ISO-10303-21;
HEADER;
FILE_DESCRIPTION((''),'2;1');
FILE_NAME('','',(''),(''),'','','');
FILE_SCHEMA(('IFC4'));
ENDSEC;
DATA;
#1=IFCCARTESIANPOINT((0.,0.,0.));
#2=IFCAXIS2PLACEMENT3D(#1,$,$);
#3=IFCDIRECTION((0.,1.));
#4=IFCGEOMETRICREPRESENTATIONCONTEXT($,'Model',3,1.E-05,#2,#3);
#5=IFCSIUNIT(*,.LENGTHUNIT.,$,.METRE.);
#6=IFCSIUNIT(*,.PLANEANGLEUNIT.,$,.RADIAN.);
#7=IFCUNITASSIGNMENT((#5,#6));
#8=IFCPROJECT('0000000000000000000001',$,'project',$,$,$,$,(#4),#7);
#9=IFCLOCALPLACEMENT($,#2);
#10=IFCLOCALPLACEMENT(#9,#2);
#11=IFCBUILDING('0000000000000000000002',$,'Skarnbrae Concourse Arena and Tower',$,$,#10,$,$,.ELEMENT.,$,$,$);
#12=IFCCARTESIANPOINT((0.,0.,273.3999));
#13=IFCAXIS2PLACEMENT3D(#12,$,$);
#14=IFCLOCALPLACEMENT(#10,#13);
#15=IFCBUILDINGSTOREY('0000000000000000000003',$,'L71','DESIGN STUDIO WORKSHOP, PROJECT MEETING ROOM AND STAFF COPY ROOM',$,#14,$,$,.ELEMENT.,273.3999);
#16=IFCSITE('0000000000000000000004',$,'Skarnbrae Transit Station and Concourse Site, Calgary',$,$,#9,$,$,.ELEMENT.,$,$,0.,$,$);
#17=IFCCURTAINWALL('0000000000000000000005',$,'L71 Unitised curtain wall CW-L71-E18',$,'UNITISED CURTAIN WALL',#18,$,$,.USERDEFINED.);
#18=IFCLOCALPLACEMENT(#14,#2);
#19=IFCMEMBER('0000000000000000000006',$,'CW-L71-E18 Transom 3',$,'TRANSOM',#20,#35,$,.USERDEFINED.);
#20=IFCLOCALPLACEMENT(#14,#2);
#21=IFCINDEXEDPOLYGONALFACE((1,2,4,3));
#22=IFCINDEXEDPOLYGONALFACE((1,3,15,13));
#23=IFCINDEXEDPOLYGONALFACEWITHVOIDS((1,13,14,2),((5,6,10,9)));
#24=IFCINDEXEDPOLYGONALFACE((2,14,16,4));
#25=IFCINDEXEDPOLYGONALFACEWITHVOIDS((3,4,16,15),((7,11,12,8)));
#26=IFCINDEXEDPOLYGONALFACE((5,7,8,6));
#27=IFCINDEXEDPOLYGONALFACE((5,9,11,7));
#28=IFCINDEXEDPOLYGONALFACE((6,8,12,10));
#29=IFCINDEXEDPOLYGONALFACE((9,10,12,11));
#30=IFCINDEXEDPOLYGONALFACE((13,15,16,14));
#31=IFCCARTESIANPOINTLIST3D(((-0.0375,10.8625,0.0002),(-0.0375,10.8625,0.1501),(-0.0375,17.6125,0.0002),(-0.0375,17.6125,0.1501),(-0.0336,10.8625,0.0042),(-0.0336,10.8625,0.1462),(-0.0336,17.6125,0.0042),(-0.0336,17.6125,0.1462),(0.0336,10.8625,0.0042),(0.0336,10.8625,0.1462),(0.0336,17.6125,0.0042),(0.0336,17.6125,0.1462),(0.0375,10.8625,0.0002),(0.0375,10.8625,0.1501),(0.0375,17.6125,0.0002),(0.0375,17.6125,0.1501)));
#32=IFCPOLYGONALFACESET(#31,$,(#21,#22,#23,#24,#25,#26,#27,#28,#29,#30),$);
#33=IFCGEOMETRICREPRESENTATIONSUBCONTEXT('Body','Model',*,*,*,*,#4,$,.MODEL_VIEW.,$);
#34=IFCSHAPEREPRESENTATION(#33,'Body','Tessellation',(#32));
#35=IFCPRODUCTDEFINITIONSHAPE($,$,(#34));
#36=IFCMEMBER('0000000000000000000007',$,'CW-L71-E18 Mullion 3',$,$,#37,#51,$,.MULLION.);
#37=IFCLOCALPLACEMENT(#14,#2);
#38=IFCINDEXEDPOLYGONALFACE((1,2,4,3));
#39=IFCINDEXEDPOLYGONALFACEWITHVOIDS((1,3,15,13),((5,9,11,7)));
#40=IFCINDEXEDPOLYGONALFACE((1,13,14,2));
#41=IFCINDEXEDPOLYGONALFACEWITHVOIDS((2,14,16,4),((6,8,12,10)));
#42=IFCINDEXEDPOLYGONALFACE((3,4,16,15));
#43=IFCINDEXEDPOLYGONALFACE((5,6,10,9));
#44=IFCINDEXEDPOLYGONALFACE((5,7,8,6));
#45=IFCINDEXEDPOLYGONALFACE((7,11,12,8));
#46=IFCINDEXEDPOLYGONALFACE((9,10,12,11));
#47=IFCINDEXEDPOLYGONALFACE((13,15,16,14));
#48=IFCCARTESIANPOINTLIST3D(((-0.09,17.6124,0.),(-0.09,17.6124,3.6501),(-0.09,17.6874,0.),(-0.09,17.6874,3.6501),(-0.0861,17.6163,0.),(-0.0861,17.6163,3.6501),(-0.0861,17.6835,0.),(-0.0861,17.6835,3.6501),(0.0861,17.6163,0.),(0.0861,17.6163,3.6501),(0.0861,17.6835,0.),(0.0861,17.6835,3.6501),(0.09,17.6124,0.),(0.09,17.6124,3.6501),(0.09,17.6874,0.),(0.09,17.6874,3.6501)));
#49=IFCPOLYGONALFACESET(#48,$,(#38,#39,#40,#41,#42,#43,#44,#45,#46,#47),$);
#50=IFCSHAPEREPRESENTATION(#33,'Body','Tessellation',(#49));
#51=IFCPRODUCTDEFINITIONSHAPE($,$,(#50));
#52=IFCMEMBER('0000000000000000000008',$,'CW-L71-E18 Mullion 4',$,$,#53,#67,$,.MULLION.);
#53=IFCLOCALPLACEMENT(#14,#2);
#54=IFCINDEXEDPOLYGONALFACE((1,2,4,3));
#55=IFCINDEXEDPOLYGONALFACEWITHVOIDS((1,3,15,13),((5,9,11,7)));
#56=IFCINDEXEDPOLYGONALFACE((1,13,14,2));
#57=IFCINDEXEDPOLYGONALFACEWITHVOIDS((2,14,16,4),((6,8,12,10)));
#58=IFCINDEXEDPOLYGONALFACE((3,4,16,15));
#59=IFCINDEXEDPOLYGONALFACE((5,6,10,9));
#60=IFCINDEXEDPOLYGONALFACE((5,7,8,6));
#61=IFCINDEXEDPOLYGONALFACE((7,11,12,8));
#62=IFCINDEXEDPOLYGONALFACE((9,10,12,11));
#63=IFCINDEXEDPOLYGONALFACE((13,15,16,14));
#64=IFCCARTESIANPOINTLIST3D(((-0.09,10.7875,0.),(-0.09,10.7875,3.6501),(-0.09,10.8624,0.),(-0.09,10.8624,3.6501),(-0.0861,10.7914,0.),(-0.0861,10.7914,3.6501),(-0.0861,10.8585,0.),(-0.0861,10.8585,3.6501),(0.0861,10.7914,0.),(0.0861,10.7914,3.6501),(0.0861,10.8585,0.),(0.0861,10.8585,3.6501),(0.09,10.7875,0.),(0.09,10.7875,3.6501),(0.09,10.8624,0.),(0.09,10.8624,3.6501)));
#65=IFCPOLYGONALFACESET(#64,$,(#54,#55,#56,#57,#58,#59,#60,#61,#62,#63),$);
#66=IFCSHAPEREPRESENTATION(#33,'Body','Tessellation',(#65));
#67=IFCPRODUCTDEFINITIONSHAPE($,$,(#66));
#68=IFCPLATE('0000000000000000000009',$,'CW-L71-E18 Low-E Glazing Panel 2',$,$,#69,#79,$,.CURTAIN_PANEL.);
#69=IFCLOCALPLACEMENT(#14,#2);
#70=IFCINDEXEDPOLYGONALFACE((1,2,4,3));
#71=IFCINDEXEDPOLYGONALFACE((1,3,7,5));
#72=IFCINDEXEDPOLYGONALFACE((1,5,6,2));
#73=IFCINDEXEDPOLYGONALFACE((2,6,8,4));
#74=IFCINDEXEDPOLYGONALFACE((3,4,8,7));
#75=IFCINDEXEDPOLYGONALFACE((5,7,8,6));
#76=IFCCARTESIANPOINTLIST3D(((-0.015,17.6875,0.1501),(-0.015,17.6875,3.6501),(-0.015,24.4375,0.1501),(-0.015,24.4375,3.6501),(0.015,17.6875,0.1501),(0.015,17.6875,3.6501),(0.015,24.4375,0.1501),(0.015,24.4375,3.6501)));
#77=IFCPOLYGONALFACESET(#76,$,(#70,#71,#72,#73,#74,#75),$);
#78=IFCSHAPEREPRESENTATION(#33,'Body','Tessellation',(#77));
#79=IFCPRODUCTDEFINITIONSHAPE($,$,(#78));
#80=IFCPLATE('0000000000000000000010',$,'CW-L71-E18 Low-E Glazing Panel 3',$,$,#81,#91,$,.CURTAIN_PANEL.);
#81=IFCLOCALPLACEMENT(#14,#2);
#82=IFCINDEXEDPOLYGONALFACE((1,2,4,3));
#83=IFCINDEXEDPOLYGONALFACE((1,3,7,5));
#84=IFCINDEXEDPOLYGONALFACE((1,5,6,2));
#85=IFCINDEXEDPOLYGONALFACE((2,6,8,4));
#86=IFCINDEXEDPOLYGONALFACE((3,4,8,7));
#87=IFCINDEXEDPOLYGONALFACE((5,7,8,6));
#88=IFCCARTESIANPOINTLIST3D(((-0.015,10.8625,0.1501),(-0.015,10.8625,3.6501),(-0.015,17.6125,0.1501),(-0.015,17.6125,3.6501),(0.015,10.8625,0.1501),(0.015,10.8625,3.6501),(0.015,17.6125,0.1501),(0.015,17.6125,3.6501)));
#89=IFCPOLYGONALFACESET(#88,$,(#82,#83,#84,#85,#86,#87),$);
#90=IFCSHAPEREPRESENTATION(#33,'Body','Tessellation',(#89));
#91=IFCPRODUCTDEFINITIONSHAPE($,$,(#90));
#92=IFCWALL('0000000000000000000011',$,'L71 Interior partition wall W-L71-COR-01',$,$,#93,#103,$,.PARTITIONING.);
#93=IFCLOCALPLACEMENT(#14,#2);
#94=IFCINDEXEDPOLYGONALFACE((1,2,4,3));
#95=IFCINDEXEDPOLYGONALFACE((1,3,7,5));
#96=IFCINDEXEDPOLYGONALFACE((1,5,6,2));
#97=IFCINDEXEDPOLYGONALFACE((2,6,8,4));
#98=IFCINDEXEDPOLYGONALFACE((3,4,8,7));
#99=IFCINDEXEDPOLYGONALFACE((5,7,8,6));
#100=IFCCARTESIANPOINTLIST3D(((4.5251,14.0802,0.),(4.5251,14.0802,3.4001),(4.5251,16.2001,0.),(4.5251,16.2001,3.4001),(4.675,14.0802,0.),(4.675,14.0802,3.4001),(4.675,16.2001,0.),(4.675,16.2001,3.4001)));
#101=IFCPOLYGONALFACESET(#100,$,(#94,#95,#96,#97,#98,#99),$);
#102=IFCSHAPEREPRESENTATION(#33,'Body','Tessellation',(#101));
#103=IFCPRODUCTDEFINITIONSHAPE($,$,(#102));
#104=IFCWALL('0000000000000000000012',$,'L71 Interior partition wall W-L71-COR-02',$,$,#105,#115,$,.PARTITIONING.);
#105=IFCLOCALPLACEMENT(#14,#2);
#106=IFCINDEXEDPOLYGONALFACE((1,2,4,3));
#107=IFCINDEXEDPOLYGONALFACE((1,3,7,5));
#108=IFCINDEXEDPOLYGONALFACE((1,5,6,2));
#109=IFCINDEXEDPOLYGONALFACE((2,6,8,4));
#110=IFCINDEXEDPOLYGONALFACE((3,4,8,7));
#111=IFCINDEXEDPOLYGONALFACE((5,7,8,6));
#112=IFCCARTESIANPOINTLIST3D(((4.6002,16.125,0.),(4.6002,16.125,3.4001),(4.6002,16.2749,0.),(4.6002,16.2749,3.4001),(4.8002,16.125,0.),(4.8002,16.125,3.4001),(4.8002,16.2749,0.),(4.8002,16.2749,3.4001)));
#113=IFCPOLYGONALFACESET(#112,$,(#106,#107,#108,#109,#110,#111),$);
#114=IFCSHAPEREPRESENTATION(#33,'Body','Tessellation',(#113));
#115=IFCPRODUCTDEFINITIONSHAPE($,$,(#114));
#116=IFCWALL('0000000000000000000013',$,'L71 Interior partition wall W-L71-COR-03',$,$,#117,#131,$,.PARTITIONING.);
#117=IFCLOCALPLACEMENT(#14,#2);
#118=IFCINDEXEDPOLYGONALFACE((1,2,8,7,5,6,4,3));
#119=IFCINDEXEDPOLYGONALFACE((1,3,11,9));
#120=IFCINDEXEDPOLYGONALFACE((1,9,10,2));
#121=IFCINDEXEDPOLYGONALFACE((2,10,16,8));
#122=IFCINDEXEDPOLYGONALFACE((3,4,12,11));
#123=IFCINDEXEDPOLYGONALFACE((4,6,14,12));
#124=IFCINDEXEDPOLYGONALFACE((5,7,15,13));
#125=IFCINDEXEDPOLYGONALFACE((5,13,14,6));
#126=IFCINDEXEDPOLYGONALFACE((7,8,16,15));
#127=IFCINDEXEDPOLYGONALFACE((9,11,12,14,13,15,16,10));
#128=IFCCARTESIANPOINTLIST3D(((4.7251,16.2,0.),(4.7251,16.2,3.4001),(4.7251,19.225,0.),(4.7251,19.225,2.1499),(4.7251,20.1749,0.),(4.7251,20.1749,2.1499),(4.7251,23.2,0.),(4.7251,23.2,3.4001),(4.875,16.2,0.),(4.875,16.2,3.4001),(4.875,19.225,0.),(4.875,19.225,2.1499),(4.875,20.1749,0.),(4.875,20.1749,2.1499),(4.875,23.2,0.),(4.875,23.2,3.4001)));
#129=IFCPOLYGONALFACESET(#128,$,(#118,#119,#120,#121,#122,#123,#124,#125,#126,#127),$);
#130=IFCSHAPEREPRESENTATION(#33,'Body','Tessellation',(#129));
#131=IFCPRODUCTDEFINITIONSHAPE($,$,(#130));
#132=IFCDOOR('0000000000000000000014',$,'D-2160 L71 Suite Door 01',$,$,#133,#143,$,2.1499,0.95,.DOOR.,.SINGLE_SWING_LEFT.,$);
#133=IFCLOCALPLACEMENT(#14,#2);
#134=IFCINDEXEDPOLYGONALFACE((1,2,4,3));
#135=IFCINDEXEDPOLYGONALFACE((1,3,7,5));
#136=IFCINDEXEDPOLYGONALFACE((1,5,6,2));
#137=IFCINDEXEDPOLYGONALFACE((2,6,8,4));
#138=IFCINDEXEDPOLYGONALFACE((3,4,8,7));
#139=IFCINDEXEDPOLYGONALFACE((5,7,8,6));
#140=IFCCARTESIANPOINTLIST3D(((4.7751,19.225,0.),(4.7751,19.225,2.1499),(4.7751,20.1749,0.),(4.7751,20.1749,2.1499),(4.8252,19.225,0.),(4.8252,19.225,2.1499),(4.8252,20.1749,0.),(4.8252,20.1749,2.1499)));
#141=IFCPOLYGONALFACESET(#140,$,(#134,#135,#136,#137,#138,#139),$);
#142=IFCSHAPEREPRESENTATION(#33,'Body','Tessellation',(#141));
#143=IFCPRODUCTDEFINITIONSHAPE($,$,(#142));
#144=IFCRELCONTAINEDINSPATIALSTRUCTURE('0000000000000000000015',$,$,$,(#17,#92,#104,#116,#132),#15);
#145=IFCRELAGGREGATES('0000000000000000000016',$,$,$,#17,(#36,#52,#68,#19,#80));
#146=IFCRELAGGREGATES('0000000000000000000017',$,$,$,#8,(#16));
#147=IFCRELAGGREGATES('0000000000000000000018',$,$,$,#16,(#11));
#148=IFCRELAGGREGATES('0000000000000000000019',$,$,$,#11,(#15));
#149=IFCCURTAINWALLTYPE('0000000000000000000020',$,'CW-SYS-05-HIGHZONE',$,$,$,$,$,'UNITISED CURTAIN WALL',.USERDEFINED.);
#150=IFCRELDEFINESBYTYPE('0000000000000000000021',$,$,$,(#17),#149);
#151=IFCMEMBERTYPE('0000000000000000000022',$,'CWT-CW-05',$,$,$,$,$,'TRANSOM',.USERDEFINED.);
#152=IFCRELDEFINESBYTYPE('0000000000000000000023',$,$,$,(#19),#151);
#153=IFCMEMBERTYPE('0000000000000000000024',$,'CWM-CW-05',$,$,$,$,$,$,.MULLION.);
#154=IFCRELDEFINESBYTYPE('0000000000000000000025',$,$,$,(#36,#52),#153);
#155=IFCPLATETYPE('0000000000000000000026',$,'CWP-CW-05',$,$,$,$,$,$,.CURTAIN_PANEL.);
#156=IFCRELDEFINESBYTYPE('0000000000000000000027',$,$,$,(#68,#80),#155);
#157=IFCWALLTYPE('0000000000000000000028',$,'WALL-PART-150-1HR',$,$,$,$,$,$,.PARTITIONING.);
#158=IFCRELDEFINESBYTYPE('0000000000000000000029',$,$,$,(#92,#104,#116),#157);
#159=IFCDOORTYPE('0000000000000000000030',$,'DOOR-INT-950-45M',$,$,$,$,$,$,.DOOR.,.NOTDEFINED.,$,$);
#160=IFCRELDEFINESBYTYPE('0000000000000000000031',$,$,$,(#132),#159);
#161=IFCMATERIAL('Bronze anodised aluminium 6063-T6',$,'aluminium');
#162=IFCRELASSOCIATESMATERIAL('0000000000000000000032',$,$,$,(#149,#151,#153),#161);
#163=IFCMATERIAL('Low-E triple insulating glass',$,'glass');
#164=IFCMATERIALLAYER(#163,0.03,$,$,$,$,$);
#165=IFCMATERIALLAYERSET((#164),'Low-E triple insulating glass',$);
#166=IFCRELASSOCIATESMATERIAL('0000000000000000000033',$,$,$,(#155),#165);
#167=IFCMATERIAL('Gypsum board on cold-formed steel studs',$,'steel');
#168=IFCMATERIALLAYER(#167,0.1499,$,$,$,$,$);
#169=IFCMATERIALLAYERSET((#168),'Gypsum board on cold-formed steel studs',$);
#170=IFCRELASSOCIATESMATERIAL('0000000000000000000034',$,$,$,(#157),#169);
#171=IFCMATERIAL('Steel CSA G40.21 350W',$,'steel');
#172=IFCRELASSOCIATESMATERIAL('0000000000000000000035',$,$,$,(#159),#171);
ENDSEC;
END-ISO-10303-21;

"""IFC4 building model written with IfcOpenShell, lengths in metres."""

from ifc_helpers import new_model, si_unit, direction, frame, frame_2d, origin, origin_2d, place, context, subcontext, project, spatial, rectangle, hollow_rectangle, extrude, source, transform, mapped, material, layer, layer_set, material_profile, profile_set, type_object, element, fill, aggregate, save


model = new_model("IFC4")

# Units and contexts
model_context = context("Model", 3, precision=1e-05, world=origin(), true_north=direction((0.0, 1.0)))
body_context = subcontext(model_context, "Body", "Model", "MODEL_VIEW")
ifc_project = project(units=[si_unit("LENGTHUNIT", "METRE"), si_unit("PLANEANGLEUNIT", "RADIAN")], contexts=[model_context])

# Site, building, storey
site_placement = place(None, origin())
site = spatial("IfcSite", under=ifc_project, at=site_placement, Name="Skarnbrae Transit Station and Concourse Site, Calgary", CompositionType="ELEMENT", RefElevation=0.0)
building_placement = place(site_placement, origin())
building = spatial("IfcBuilding", under=site, at=building_placement, Name="Skarnbrae Concourse Arena and Tower", CompositionType="ELEMENT")
storey_placement = place(building_placement, frame((0.0, 0.0, 273.3999)))
storey = spatial("IfcBuildingStorey", under=building, at=storey_placement, Name="L71", Description="DESIGN STUDIO WORKSHOP, PROJECT MEETING ROOM AND STAFF COPY ROOM", CompositionType="ELEMENT", Elevation=273.3999)

# Shared definitions
ifc_material_1 = material(Name="Steel CSA G40.21 350W", Category="steel")

# Curtain wall, members, plates
ifc_material_2 = material(Name="Bronze anodised aluminium 6063-T6", Category="aluminium")
curtain_wall_type = type_object("IfcCurtainWallType", Name="CW-SYS-05-HIGHZONE", ElementType="UNITISED CURTAIN WALL", PredefinedType="USERDEFINED", material=ifc_material_2)
curtain_wall_placement = place(storey_placement, origin())
curtain_wall = element("IfcCurtainWall", 1, at=curtain_wall_placement, inside=storey, type_object=curtain_wall_type, Name="L71 Unitised curtain wall CW-L71-E18", ObjectType="UNITISED CURTAIN WALL", PredefinedType="USERDEFINED")
ifc_material_profile_1 = material_profile(ifc_material_2, hollow_rectangle(XDim=0.075, YDim=0.1499, WallThickness=0.0039, at=origin_2d()), Name="ALU-TRAN-75X150")
ifc_profile_set_1 = profile_set([ifc_material_profile_1], Name="Bronze anodised aluminium 6063-T6")
member_type_1 = type_object("IfcMemberType", Name="CWT-CW-05", ElementType="TRANSOM", PredefinedType="USERDEFINED", material=ifc_profile_set_1)
shared_shape_1 = source(origin(), body_context, "Body", "SweptSolid", [
    extrude(hollow_rectangle(XDim=0.075, YDim=0.1499, WallThickness=0.0039, at=origin_2d()), origin(), (0.0, 0.0, 1.0), 6.75),
])
member_1_placement = place(storey_placement, frame((0.0, 17.6125, 0.0752), z_axis=(0.0, -1.0, 0.0), x_axis=(1.0, 0.0, 0.0)))
member_1 = element("IfcMember", 2, at=member_1_placement, type_object=member_type_1, Name="CW-L71-E18 Transom 3", ObjectType="TRANSOM", PredefinedType="USERDEFINED", context=body_context, shape_type="MappedRepresentation", body=[
    mapped(shared_shape_1, transform((0.0, 0.0, 0.0))),
])
ifc_material_profile_2 = material_profile(ifc_material_2, hollow_rectangle(XDim=0.075, YDim=0.1799, WallThickness=0.0039, at=origin_2d()), Name="ALU-MULL-75X180")
ifc_profile_set_2 = profile_set([ifc_material_profile_2], Name="Bronze anodised aluminium 6063-T6")
member_type_2 = type_object("IfcMemberType", Name="CWM-CW-05", PredefinedType="MULLION", material=ifc_profile_set_2)
shared_shape_2 = source(origin(), body_context, "Body", "SweptSolid", [
    extrude(hollow_rectangle(XDim=0.075, YDim=0.1799, WallThickness=0.0039, at=origin_2d()), origin(), (0.0, 0.0, 1.0), 3.6501),
])
member_2_placement = place(storey_placement, frame((0.0, 17.6499, 0.0), z_axis=(0.0, 0.0, 1.0), x_axis=(0.0, -1.0, 0.0)))
member_2 = element("IfcMember", 3, at=member_2_placement, type_object=member_type_2, Name="CW-L71-E18 Mullion 3", PredefinedType="MULLION", context=body_context, shape_type="MappedRepresentation", body=[
    mapped(shared_shape_2, transform((0.0, 0.0, 0.0))),
])
member_3_placement = place(storey_placement, frame((0.0, 10.825, 0.0), z_axis=(0.0, 0.0, 1.0), x_axis=(0.0, -1.0, 0.0)))
member_3 = element("IfcMember", 4, at=member_3_placement, type_object=member_type_2, Name="CW-L71-E18 Mullion 4", PredefinedType="MULLION", context=body_context, shape_type="MappedRepresentation", body=[
    mapped(shared_shape_2, transform((0.0, 0.0, 0.0))),
])
ifc_material_3 = material(Name="Low-E triple insulating glass", Category="glass")
ifc_layer_1 = layer(ifc_material_3, 0.03)
ifc_layer_set_1 = layer_set([ifc_layer_1], Name="Low-E triple insulating glass")
plate_type = type_object("IfcPlateType", Name="CWP-CW-05", PredefinedType="CURTAIN_PANEL", material=ifc_layer_set_1)
shared_shape_3 = source(origin(), body_context, "Body", "SweptSolid", [
    extrude(rectangle(XDim=6.75, YDim=0.03, at=origin_2d()), origin(), (0.0, 0.0, 1.0), 3.5),
])
plate_1_placement = place(storey_placement, frame((0.0, 21.0625, 0.1501), z_axis=(0.0, 0.0, 1.0), x_axis=(0.0, -1.0, 0.0)))
plate_1 = element("IfcPlate", 5, at=plate_1_placement, type_object=plate_type, Name="CW-L71-E18 Low-E Glazing Panel 2", PredefinedType="CURTAIN_PANEL", context=body_context, shape_type="MappedRepresentation", body=[
    mapped(shared_shape_3, transform((0.0, 0.0, 0.0))),
])
plate_2_placement = place(storey_placement, frame((0.0, 14.2375, 0.1501), z_axis=(0.0, 0.0, 1.0), x_axis=(0.0, -1.0, 0.0)))
plate_2 = element("IfcPlate", 6, at=plate_2_placement, type_object=plate_type, Name="CW-L71-E18 Low-E Glazing Panel 3", PredefinedType="CURTAIN_PANEL", context=body_context, shape_type="MappedRepresentation", body=[
    mapped(shared_shape_3, transform((0.0, 0.0, 0.0))),
])
aggregate(curtain_wall, [member_2, member_3, plate_1, member_1, plate_2])

# Walls
ifc_material_4 = material(Name="Gypsum board on cold-formed steel studs", Category="steel")
ifc_layer_2 = layer(ifc_material_4, 0.1499)
ifc_layer_set_2 = layer_set([ifc_layer_2], Name="Gypsum board on cold-formed steel studs")
wall_type_1 = type_object("IfcWallType", Name="WALL-PART-150-1HR", PredefinedType="PARTITIONING", material=ifc_layer_set_2)
shared_shape_4 = source(origin(), body_context, "Body", "SweptSolid", [
    extrude(rectangle(XDim=2.1199, YDim=0.1499, at=frame_2d((1.0601, 0.0))), origin(), (0.0, 0.0, 1.0), 3.4001),
])
wall_1_placement = place(storey_placement, frame((4.6001, 14.0801, 0.0), z_axis=(0.0, 0.0, 1.0), x_axis=(0.0, 1.0, 0.0)))
element("IfcWall", 7, at=wall_1_placement, inside=storey, type_object=wall_type_1, Name="L71 Interior partition wall W-L71-COR-01", PredefinedType="PARTITIONING", context=body_context, shape_type="MappedRepresentation", body=[
    mapped(shared_shape_4, transform((0.0, 0.0, 0.0))),
])
shared_shape_5 = source(origin(), body_context, "Body", "SweptSolid", [
    extrude(rectangle(XDim=0.2, YDim=0.1499, at=frame_2d((0.1001, 0.0))), origin(), (0.0, 0.0, 1.0), 3.4001),
])
wall_2_placement = place(storey_placement, frame((4.6001, 16.2, 0.0), z_axis=(0.0, 0.0, 1.0), x_axis=(1.0, 0.0, 0.0)))
element("IfcWall", 8, at=wall_2_placement, inside=storey, type_object=wall_type_1, Name="L71 Interior partition wall W-L71-COR-02", PredefinedType="PARTITIONING", context=body_context, shape_type="MappedRepresentation", body=[
    mapped(shared_shape_5, transform((0.0, 0.0, 0.0))),
])

# Wall, opening, door
shared_shape_6 = source(origin(), body_context, "Body", "SweptSolid", [
    extrude(rectangle(XDim=7.0, YDim=0.1499, at=frame_2d((3.5, 0.0))), origin(), (0.0, 0.0, 1.0), 3.4001),
])
wall_3_placement = place(storey_placement, frame((4.8, 16.2, 0.0), z_axis=(0.0, 0.0, 1.0), x_axis=(0.0, 1.0, 0.0)))
wall_3 = element("IfcWall", 9, at=wall_3_placement, inside=storey, type_object=wall_type_1, Name="L71 Interior partition wall W-L71-COR-03", PredefinedType="PARTITIONING", context=body_context, shape_type="MappedRepresentation", body=[
    mapped(shared_shape_6, transform((0.0, 0.0, 0.0))),
])
opening_1_placement = place(wall_3_placement, frame((3.0249, 0.0, 0.0)))
opening_1 = element("IfcOpeningElement", 10, at=opening_1_placement, cuts=wall_3, PredefinedType="OPENING", context=body_context, shape_type="SweptSolid", body=[
    extrude(rectangle(XDim=0.95, YDim=2.1499, at=frame_2d((0.4751, 1.075))), frame((0.0, 0.085, 0.0), z_axis=(0.0, -1.0, 0.0), x_axis=(1.0, 0.0, 0.0)), (0.0, 0.0, 1.0), 0.1699),
])
door_type_1 = type_object("IfcDoorType", Name="DOOR-INT-950-45M", OperationType="NOTDEFINED", PredefinedType="DOOR", material=ifc_material_1)
shared_shape_7 = source(origin(), body_context, "Body", "SweptSolid", [
    extrude(rectangle(XDim=0.95, YDim=2.1499, at=frame_2d((0.4751, 1.075))), frame((0.0, 0.0249, 0.0), z_axis=(0.0, -1.0, 0.0), x_axis=(1.0, 0.0, 0.0)), (0.0, 0.0, 1.0), 0.05),
])
door_1_placement = place(opening_1_placement, origin())
door_1 = element("IfcDoor", 11, at=door_1_placement, inside=storey, type_object=door_type_1, Name="D-2160 L71 Suite Door 01", OperationType="SINGLE_SWING_LEFT", OverallHeight=2.1499, OverallWidth=0.95, PredefinedType="DOOR", context=body_context, shape_type="MappedRepresentation", body=[
    mapped(shared_shape_7, transform((0.0, 0.0, 0.0))),
])
fill(opening_1, door_1)

save(model, "model.ifc")
